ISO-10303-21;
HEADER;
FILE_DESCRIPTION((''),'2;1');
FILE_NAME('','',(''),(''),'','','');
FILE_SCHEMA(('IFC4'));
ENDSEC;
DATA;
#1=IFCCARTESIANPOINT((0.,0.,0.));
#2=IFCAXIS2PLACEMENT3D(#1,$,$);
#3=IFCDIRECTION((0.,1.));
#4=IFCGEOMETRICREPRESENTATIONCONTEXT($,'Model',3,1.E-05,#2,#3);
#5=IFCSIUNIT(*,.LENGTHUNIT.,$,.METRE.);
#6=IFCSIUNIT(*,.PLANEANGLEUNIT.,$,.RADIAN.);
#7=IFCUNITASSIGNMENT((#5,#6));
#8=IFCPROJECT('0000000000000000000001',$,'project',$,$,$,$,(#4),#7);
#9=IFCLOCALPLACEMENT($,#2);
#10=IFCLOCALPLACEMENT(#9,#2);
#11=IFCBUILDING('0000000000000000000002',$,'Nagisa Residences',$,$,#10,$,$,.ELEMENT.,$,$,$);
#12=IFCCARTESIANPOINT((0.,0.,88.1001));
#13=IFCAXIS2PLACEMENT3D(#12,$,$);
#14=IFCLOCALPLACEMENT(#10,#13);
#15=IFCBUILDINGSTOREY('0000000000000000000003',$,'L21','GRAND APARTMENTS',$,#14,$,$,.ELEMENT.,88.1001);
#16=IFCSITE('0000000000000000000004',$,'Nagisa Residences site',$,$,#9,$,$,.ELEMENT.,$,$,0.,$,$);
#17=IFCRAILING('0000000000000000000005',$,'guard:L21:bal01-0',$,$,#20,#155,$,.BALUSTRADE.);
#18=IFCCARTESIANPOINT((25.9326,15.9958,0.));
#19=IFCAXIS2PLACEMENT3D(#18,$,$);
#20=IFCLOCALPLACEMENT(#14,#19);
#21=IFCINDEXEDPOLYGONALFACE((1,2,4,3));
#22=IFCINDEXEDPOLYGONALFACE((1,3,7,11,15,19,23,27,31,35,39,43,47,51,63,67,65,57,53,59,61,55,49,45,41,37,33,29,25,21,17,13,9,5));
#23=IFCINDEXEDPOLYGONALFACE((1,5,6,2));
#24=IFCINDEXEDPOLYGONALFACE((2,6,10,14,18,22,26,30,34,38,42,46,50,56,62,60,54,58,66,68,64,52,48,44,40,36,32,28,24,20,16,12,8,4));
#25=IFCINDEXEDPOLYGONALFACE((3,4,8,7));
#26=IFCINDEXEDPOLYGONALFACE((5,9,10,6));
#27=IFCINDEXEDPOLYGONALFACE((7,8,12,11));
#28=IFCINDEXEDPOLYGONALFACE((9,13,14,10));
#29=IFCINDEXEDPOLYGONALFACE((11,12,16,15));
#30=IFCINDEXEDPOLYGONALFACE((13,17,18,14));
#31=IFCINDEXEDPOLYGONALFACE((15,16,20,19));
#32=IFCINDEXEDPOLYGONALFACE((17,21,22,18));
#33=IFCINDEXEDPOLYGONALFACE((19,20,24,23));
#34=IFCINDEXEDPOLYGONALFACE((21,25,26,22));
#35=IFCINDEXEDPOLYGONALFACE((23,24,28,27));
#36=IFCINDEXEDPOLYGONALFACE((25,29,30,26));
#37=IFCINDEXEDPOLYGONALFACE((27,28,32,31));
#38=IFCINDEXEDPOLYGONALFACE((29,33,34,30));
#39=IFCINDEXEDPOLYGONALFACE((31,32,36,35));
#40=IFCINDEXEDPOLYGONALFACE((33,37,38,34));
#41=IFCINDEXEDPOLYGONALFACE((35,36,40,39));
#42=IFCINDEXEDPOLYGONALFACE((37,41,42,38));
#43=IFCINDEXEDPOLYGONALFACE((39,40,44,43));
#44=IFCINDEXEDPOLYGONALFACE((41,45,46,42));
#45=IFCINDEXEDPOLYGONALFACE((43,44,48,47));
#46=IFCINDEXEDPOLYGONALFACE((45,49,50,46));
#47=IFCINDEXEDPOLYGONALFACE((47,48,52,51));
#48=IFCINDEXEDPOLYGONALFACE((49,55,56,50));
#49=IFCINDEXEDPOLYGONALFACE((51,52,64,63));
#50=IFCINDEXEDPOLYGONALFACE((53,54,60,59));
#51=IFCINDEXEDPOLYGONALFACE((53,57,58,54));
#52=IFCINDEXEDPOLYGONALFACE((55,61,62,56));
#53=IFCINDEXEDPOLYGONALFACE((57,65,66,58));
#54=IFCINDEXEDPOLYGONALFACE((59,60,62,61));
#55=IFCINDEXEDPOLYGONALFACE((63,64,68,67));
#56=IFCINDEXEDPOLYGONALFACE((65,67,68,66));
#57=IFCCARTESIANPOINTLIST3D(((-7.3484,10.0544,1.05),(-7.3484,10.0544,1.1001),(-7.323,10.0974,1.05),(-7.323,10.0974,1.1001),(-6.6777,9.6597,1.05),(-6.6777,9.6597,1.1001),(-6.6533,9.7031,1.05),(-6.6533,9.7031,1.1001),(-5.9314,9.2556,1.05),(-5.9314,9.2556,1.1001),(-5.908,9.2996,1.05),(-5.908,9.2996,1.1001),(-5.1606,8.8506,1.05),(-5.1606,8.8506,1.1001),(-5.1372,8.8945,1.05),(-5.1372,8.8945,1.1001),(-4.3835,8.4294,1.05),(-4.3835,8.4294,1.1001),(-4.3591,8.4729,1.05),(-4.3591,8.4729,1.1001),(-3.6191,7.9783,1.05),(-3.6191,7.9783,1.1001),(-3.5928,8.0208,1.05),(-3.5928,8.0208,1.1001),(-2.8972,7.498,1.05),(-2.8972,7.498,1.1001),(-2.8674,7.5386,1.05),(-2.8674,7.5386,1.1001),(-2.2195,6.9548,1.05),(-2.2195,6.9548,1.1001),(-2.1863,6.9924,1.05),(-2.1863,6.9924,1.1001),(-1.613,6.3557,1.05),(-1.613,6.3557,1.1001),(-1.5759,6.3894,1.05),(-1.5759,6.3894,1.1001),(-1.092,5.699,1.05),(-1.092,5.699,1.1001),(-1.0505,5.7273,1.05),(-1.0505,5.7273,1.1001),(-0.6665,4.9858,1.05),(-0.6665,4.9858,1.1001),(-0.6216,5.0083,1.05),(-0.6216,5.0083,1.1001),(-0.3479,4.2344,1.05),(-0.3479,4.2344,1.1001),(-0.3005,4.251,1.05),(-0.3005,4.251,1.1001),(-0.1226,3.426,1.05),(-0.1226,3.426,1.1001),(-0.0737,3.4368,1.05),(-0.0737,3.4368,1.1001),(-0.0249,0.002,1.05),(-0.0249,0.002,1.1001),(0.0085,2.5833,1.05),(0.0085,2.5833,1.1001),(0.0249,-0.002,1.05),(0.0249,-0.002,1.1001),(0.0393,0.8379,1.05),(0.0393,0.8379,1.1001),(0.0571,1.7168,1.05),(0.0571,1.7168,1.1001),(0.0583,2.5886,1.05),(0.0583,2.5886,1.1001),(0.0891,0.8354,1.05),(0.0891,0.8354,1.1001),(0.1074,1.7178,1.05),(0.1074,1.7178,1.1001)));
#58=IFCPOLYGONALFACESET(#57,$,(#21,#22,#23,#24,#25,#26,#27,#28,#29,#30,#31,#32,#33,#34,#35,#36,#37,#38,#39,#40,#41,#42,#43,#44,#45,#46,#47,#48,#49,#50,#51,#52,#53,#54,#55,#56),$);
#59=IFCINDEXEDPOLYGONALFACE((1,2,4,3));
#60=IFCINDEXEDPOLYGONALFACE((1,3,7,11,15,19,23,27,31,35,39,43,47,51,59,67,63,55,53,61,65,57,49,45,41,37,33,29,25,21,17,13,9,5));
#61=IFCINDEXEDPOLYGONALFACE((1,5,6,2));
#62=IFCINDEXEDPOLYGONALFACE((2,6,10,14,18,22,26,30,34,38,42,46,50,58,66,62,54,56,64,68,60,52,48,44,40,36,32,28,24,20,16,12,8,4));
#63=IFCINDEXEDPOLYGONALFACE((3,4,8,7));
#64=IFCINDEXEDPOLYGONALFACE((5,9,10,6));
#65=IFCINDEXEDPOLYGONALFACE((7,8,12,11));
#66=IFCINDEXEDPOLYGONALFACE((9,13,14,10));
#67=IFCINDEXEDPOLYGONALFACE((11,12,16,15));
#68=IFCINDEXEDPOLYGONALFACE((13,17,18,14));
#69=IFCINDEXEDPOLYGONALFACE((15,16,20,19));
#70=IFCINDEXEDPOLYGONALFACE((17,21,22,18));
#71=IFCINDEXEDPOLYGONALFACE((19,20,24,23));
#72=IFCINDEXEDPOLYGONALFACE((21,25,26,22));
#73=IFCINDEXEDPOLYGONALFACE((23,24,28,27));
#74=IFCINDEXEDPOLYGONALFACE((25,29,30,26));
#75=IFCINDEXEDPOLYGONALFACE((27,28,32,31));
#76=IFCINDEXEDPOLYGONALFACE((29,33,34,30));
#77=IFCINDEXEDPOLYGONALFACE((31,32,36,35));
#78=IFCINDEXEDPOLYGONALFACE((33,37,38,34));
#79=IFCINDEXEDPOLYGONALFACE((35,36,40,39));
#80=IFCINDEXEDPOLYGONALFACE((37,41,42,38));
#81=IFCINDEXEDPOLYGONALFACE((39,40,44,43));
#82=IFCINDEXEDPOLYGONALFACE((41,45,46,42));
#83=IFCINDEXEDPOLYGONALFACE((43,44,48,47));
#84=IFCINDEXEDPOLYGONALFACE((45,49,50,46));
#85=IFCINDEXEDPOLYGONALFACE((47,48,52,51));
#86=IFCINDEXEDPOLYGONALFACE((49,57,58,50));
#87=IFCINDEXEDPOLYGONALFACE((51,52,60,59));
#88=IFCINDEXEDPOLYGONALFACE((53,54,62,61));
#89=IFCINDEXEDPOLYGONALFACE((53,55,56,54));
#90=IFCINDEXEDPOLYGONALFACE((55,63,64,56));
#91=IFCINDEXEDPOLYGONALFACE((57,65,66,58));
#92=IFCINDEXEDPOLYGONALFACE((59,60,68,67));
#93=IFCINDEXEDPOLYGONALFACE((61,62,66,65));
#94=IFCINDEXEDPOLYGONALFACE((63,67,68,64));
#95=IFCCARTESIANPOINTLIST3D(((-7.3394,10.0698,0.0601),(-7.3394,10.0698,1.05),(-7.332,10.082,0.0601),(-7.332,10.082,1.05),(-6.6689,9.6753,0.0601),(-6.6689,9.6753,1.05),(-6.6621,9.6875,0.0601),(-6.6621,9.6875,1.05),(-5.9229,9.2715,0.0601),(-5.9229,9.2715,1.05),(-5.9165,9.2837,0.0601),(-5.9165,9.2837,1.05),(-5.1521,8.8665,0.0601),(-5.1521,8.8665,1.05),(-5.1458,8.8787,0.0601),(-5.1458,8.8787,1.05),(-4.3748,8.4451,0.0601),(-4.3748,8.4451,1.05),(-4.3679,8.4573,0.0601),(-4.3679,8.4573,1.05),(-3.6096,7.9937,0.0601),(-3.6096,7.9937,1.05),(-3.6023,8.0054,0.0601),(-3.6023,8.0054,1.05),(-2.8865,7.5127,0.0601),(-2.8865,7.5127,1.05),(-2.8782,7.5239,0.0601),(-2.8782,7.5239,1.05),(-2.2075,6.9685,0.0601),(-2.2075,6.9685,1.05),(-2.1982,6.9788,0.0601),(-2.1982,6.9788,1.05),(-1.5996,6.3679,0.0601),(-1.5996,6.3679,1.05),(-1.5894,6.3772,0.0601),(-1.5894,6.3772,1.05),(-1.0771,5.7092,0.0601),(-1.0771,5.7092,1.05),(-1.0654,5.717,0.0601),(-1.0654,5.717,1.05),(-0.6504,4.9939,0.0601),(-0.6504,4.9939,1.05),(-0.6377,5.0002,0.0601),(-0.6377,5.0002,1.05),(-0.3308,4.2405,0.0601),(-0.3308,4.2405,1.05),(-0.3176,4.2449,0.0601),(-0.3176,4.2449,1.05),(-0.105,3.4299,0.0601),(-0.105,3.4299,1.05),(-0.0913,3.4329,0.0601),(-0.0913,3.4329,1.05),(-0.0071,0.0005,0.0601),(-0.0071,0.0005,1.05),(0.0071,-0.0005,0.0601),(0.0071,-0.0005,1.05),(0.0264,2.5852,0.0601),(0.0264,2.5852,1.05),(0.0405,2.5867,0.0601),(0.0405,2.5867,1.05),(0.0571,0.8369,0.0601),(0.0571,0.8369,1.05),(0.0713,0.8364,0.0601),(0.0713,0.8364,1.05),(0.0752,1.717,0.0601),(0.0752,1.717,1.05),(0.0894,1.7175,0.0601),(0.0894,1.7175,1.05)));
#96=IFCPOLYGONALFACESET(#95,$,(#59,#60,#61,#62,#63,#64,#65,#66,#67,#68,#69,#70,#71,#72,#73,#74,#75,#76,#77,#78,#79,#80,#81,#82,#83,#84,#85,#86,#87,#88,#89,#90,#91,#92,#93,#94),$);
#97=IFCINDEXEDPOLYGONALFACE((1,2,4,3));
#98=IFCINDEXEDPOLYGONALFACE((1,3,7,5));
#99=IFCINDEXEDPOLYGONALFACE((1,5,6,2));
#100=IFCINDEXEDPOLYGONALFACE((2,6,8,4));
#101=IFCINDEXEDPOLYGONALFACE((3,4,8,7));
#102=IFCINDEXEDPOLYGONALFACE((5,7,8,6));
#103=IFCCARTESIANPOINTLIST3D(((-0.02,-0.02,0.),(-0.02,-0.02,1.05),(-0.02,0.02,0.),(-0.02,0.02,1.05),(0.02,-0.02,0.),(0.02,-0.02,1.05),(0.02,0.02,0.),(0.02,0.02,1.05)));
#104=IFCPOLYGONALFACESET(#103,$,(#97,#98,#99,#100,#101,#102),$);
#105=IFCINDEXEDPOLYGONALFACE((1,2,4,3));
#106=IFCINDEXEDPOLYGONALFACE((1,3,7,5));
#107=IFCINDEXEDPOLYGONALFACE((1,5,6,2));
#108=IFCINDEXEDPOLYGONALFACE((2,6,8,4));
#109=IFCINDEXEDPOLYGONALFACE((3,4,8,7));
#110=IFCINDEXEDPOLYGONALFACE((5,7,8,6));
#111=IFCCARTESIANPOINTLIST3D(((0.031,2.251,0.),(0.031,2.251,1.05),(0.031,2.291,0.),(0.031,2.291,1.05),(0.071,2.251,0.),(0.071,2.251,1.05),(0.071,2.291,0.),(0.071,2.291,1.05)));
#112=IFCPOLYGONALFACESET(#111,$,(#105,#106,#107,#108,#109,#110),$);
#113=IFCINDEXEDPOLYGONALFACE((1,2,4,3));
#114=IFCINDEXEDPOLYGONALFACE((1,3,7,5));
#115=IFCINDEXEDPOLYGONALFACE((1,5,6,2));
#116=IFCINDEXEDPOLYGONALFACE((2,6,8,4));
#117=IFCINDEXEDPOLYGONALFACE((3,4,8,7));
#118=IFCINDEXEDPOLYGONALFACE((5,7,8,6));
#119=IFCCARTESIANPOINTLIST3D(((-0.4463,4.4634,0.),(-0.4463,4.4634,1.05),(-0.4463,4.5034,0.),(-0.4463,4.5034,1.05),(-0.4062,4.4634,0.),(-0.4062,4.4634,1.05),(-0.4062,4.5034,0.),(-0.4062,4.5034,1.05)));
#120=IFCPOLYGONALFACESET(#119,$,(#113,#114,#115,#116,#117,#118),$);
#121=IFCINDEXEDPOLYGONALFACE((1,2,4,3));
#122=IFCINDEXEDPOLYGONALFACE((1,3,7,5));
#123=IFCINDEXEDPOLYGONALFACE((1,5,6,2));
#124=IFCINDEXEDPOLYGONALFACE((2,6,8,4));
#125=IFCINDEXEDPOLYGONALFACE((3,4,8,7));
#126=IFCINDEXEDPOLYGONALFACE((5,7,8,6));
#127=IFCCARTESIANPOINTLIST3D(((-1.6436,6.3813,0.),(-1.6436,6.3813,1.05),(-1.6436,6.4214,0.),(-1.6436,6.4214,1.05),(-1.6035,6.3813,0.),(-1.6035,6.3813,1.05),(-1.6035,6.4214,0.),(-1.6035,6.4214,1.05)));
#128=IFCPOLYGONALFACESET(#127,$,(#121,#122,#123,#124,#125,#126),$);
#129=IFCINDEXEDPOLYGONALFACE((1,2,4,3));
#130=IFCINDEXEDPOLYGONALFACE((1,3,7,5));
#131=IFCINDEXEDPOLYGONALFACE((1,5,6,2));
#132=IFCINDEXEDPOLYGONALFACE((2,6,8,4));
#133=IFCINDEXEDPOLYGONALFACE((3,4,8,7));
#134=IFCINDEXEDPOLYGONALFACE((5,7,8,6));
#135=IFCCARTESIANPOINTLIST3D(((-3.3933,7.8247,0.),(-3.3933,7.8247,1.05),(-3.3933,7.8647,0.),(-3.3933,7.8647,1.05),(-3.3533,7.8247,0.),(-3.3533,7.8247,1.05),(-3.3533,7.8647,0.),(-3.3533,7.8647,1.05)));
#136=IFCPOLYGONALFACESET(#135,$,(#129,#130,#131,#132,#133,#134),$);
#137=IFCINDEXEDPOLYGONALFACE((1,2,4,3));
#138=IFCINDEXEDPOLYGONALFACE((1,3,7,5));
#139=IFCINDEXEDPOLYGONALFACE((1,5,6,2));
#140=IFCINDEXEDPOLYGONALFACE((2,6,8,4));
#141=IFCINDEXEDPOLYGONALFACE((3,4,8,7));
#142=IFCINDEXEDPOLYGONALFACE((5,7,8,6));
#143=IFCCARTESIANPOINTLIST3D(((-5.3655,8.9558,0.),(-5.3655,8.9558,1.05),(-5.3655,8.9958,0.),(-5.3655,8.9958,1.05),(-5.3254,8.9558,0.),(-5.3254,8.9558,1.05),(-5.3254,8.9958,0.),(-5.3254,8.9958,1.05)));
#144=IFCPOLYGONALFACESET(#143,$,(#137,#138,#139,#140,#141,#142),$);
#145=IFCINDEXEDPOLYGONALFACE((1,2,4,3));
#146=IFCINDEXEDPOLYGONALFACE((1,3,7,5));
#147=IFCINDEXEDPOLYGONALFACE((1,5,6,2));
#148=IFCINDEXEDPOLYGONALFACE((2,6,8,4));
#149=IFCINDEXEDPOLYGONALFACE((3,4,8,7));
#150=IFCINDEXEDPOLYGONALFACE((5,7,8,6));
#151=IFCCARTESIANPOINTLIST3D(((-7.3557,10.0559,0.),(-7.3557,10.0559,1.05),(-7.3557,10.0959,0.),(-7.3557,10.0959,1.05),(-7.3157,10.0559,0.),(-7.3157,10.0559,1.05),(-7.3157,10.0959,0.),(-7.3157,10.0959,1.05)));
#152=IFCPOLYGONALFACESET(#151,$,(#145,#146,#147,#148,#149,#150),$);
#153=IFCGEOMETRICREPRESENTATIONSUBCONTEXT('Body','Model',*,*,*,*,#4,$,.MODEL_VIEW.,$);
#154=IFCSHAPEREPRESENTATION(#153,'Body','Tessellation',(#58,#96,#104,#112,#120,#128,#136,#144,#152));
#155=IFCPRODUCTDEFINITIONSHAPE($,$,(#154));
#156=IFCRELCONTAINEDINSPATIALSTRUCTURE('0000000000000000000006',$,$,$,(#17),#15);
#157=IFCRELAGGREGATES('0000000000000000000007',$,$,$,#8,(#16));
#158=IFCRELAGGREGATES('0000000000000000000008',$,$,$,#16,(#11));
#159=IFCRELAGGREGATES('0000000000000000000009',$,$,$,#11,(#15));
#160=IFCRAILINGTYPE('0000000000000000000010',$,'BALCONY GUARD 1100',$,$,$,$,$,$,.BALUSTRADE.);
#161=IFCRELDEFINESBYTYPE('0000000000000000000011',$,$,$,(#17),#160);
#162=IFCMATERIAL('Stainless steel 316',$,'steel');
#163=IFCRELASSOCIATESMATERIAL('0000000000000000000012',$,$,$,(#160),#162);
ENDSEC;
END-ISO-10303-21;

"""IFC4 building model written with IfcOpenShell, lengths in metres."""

from ifc_helpers import new_model, si_unit, direction, frame, origin, origin_2d, place, context, subcontext, project, spatial, polyline, rectangle, outline, extrude, material, type_object, element, save


model = new_model("IFC4")

# Units and contexts
model_context = context("Model", 3, precision=1e-05, world=origin(), true_north=direction((0.0, 1.0)))
body_context = subcontext(model_context, "Body", "Model", "MODEL_VIEW")
ifc_project = project(units=[si_unit("LENGTHUNIT", "METRE"), si_unit("PLANEANGLEUNIT", "RADIAN")], contexts=[model_context])

# Site, building, storey
site_placement = place(None, origin())
site = spatial("IfcSite", under=ifc_project, at=site_placement, Name="Nagisa Residences site", CompositionType="ELEMENT", RefElevation=0.0)
building_placement = place(site_placement, origin())
building = spatial("IfcBuilding", under=site, at=building_placement, Name="Nagisa Residences", CompositionType="ELEMENT")
storey_placement = place(building_placement, frame((0.0, 0.0, 88.1001)))
storey = spatial("IfcBuildingStorey", under=building, at=storey_placement, Name="L21", Description="GRAND APARTMENTS", CompositionType="ELEMENT", Elevation=88.1001)

# Railing
ifc_material_1 = material(Name="Stainless steel 316", Category="steel")
railing_type = type_object("IfcRailingType", Name="BALCONY GUARD 1100", PredefinedType="BALUSTRADE", material=ifc_material_1)
railing_1_placement = place(storey_placement, frame((25.9326, 15.9958, 0.0)))
element("IfcRailing", 1, at=railing_1_placement, inside=storey, type_object=railing_type, Name="guard:L21:bal01-0", PredefinedType="BALUSTRADE", context=body_context, shape_type="SweptSolid", body=[
    extrude(outline(polyline([(0.0393, 0.8379), (-0.0249, 0.002), (0.0249, -0.002), (0.0891, 0.8354), (0.1074, 1.7178), (0.0583, 2.5886), (-0.0737, 3.4368), (-0.3005, 4.251), (-0.6216, 5.0083), (-1.0505, 5.7273), (-1.5759, 6.3894), (-2.1863, 6.9924), (-2.8674, 7.5386), (-3.5928, 8.0208), (-4.3591, 8.4729), (-5.1372, 8.8945), (-5.908, 9.2996), (-6.6533, 9.7031), (-7.323, 10.0974), (-7.3484, 10.0544), (-6.6777, 9.6597), (-5.9314, 9.2556), (-5.1606, 8.8506), (-4.3835, 8.4294), (-3.6191, 7.9783), (-2.8972, 7.498), (-2.2195, 6.9548), (-1.613, 6.3557), (-1.092, 5.699), (-0.6665, 4.9858), (-0.3479, 4.2344), (-0.1226, 3.426), (0.0085, 2.5833), (0.0571, 1.7168), (0.0393, 0.8379)])), frame((0.0, 0.0, 1.05)), (0.0, 0.0, 1.0), 0.05),
    extrude(outline(polyline([(0.0571, 0.8369), (-0.0071, 0.0005), (0.0071, -0.0005), (0.0713, 0.8364), (0.0894, 1.7175), (0.0405, 2.5867), (-0.0913, 3.4329), (-0.3176, 4.2449), (-0.6377, 5.0002), (-1.0654, 5.717), (-1.5894, 6.3772), (-2.1982, 6.9788), (-2.8782, 7.5239), (-3.6023, 8.0054), (-4.3679, 8.4573), (-5.1458, 8.8787), (-5.9165, 9.2837), (-6.6621, 9.6875), (-7.332, 10.082), (-7.3394, 10.0698), (-6.6689, 9.6753), (-5.9229, 9.2715), (-5.1521, 8.8665), (-4.3748, 8.4451), (-3.6096, 7.9937), (-2.8865, 7.5127), (-2.2075, 6.9685), (-1.5996, 6.3679), (-1.0771, 5.7092), (-0.6504, 4.9939), (-0.3308, 4.2405), (-0.105, 3.4299), (0.0264, 2.5852), (0.0752, 1.717), (0.0571, 0.8369)])), frame((0.0, 0.0, 0.0601)), (0.0, 0.0, 1.0), 0.99),
    extrude(rectangle(XDim=0.04, YDim=0.04, at=origin_2d()), origin(), (0.0, 0.0, 1.0), 1.05),
    extrude(rectangle(XDim=0.04, YDim=0.04, at=origin_2d()), frame((0.051, 2.271, 0.0)), (0.0, 0.0, 1.0), 1.05),
    extrude(rectangle(XDim=0.04, YDim=0.04, at=origin_2d()), frame((-0.4263, 4.4834, 0.0)), (0.0, 0.0, 1.0), 1.05),
    extrude(rectangle(XDim=0.04, YDim=0.04, at=origin_2d()), frame((-1.6235, 6.4014, 0.0)), (0.0, 0.0, 1.0), 1.05),
    extrude(rectangle(XDim=0.04, YDim=0.04, at=origin_2d()), frame((-3.3733, 7.8447, 0.0)), (0.0, 0.0, 1.0), 1.05),
    extrude(rectangle(XDim=0.04, YDim=0.04, at=origin_2d()), frame((-5.3455, 8.9758, 0.0)), (0.0, 0.0, 1.0), 1.05),
    extrude(rectangle(XDim=0.04, YDim=0.04, at=origin_2d()), frame((-7.3357, 10.0759, 0.0)), (0.0, 0.0, 1.0), 1.05),
])

save(model, "model.ifc")
